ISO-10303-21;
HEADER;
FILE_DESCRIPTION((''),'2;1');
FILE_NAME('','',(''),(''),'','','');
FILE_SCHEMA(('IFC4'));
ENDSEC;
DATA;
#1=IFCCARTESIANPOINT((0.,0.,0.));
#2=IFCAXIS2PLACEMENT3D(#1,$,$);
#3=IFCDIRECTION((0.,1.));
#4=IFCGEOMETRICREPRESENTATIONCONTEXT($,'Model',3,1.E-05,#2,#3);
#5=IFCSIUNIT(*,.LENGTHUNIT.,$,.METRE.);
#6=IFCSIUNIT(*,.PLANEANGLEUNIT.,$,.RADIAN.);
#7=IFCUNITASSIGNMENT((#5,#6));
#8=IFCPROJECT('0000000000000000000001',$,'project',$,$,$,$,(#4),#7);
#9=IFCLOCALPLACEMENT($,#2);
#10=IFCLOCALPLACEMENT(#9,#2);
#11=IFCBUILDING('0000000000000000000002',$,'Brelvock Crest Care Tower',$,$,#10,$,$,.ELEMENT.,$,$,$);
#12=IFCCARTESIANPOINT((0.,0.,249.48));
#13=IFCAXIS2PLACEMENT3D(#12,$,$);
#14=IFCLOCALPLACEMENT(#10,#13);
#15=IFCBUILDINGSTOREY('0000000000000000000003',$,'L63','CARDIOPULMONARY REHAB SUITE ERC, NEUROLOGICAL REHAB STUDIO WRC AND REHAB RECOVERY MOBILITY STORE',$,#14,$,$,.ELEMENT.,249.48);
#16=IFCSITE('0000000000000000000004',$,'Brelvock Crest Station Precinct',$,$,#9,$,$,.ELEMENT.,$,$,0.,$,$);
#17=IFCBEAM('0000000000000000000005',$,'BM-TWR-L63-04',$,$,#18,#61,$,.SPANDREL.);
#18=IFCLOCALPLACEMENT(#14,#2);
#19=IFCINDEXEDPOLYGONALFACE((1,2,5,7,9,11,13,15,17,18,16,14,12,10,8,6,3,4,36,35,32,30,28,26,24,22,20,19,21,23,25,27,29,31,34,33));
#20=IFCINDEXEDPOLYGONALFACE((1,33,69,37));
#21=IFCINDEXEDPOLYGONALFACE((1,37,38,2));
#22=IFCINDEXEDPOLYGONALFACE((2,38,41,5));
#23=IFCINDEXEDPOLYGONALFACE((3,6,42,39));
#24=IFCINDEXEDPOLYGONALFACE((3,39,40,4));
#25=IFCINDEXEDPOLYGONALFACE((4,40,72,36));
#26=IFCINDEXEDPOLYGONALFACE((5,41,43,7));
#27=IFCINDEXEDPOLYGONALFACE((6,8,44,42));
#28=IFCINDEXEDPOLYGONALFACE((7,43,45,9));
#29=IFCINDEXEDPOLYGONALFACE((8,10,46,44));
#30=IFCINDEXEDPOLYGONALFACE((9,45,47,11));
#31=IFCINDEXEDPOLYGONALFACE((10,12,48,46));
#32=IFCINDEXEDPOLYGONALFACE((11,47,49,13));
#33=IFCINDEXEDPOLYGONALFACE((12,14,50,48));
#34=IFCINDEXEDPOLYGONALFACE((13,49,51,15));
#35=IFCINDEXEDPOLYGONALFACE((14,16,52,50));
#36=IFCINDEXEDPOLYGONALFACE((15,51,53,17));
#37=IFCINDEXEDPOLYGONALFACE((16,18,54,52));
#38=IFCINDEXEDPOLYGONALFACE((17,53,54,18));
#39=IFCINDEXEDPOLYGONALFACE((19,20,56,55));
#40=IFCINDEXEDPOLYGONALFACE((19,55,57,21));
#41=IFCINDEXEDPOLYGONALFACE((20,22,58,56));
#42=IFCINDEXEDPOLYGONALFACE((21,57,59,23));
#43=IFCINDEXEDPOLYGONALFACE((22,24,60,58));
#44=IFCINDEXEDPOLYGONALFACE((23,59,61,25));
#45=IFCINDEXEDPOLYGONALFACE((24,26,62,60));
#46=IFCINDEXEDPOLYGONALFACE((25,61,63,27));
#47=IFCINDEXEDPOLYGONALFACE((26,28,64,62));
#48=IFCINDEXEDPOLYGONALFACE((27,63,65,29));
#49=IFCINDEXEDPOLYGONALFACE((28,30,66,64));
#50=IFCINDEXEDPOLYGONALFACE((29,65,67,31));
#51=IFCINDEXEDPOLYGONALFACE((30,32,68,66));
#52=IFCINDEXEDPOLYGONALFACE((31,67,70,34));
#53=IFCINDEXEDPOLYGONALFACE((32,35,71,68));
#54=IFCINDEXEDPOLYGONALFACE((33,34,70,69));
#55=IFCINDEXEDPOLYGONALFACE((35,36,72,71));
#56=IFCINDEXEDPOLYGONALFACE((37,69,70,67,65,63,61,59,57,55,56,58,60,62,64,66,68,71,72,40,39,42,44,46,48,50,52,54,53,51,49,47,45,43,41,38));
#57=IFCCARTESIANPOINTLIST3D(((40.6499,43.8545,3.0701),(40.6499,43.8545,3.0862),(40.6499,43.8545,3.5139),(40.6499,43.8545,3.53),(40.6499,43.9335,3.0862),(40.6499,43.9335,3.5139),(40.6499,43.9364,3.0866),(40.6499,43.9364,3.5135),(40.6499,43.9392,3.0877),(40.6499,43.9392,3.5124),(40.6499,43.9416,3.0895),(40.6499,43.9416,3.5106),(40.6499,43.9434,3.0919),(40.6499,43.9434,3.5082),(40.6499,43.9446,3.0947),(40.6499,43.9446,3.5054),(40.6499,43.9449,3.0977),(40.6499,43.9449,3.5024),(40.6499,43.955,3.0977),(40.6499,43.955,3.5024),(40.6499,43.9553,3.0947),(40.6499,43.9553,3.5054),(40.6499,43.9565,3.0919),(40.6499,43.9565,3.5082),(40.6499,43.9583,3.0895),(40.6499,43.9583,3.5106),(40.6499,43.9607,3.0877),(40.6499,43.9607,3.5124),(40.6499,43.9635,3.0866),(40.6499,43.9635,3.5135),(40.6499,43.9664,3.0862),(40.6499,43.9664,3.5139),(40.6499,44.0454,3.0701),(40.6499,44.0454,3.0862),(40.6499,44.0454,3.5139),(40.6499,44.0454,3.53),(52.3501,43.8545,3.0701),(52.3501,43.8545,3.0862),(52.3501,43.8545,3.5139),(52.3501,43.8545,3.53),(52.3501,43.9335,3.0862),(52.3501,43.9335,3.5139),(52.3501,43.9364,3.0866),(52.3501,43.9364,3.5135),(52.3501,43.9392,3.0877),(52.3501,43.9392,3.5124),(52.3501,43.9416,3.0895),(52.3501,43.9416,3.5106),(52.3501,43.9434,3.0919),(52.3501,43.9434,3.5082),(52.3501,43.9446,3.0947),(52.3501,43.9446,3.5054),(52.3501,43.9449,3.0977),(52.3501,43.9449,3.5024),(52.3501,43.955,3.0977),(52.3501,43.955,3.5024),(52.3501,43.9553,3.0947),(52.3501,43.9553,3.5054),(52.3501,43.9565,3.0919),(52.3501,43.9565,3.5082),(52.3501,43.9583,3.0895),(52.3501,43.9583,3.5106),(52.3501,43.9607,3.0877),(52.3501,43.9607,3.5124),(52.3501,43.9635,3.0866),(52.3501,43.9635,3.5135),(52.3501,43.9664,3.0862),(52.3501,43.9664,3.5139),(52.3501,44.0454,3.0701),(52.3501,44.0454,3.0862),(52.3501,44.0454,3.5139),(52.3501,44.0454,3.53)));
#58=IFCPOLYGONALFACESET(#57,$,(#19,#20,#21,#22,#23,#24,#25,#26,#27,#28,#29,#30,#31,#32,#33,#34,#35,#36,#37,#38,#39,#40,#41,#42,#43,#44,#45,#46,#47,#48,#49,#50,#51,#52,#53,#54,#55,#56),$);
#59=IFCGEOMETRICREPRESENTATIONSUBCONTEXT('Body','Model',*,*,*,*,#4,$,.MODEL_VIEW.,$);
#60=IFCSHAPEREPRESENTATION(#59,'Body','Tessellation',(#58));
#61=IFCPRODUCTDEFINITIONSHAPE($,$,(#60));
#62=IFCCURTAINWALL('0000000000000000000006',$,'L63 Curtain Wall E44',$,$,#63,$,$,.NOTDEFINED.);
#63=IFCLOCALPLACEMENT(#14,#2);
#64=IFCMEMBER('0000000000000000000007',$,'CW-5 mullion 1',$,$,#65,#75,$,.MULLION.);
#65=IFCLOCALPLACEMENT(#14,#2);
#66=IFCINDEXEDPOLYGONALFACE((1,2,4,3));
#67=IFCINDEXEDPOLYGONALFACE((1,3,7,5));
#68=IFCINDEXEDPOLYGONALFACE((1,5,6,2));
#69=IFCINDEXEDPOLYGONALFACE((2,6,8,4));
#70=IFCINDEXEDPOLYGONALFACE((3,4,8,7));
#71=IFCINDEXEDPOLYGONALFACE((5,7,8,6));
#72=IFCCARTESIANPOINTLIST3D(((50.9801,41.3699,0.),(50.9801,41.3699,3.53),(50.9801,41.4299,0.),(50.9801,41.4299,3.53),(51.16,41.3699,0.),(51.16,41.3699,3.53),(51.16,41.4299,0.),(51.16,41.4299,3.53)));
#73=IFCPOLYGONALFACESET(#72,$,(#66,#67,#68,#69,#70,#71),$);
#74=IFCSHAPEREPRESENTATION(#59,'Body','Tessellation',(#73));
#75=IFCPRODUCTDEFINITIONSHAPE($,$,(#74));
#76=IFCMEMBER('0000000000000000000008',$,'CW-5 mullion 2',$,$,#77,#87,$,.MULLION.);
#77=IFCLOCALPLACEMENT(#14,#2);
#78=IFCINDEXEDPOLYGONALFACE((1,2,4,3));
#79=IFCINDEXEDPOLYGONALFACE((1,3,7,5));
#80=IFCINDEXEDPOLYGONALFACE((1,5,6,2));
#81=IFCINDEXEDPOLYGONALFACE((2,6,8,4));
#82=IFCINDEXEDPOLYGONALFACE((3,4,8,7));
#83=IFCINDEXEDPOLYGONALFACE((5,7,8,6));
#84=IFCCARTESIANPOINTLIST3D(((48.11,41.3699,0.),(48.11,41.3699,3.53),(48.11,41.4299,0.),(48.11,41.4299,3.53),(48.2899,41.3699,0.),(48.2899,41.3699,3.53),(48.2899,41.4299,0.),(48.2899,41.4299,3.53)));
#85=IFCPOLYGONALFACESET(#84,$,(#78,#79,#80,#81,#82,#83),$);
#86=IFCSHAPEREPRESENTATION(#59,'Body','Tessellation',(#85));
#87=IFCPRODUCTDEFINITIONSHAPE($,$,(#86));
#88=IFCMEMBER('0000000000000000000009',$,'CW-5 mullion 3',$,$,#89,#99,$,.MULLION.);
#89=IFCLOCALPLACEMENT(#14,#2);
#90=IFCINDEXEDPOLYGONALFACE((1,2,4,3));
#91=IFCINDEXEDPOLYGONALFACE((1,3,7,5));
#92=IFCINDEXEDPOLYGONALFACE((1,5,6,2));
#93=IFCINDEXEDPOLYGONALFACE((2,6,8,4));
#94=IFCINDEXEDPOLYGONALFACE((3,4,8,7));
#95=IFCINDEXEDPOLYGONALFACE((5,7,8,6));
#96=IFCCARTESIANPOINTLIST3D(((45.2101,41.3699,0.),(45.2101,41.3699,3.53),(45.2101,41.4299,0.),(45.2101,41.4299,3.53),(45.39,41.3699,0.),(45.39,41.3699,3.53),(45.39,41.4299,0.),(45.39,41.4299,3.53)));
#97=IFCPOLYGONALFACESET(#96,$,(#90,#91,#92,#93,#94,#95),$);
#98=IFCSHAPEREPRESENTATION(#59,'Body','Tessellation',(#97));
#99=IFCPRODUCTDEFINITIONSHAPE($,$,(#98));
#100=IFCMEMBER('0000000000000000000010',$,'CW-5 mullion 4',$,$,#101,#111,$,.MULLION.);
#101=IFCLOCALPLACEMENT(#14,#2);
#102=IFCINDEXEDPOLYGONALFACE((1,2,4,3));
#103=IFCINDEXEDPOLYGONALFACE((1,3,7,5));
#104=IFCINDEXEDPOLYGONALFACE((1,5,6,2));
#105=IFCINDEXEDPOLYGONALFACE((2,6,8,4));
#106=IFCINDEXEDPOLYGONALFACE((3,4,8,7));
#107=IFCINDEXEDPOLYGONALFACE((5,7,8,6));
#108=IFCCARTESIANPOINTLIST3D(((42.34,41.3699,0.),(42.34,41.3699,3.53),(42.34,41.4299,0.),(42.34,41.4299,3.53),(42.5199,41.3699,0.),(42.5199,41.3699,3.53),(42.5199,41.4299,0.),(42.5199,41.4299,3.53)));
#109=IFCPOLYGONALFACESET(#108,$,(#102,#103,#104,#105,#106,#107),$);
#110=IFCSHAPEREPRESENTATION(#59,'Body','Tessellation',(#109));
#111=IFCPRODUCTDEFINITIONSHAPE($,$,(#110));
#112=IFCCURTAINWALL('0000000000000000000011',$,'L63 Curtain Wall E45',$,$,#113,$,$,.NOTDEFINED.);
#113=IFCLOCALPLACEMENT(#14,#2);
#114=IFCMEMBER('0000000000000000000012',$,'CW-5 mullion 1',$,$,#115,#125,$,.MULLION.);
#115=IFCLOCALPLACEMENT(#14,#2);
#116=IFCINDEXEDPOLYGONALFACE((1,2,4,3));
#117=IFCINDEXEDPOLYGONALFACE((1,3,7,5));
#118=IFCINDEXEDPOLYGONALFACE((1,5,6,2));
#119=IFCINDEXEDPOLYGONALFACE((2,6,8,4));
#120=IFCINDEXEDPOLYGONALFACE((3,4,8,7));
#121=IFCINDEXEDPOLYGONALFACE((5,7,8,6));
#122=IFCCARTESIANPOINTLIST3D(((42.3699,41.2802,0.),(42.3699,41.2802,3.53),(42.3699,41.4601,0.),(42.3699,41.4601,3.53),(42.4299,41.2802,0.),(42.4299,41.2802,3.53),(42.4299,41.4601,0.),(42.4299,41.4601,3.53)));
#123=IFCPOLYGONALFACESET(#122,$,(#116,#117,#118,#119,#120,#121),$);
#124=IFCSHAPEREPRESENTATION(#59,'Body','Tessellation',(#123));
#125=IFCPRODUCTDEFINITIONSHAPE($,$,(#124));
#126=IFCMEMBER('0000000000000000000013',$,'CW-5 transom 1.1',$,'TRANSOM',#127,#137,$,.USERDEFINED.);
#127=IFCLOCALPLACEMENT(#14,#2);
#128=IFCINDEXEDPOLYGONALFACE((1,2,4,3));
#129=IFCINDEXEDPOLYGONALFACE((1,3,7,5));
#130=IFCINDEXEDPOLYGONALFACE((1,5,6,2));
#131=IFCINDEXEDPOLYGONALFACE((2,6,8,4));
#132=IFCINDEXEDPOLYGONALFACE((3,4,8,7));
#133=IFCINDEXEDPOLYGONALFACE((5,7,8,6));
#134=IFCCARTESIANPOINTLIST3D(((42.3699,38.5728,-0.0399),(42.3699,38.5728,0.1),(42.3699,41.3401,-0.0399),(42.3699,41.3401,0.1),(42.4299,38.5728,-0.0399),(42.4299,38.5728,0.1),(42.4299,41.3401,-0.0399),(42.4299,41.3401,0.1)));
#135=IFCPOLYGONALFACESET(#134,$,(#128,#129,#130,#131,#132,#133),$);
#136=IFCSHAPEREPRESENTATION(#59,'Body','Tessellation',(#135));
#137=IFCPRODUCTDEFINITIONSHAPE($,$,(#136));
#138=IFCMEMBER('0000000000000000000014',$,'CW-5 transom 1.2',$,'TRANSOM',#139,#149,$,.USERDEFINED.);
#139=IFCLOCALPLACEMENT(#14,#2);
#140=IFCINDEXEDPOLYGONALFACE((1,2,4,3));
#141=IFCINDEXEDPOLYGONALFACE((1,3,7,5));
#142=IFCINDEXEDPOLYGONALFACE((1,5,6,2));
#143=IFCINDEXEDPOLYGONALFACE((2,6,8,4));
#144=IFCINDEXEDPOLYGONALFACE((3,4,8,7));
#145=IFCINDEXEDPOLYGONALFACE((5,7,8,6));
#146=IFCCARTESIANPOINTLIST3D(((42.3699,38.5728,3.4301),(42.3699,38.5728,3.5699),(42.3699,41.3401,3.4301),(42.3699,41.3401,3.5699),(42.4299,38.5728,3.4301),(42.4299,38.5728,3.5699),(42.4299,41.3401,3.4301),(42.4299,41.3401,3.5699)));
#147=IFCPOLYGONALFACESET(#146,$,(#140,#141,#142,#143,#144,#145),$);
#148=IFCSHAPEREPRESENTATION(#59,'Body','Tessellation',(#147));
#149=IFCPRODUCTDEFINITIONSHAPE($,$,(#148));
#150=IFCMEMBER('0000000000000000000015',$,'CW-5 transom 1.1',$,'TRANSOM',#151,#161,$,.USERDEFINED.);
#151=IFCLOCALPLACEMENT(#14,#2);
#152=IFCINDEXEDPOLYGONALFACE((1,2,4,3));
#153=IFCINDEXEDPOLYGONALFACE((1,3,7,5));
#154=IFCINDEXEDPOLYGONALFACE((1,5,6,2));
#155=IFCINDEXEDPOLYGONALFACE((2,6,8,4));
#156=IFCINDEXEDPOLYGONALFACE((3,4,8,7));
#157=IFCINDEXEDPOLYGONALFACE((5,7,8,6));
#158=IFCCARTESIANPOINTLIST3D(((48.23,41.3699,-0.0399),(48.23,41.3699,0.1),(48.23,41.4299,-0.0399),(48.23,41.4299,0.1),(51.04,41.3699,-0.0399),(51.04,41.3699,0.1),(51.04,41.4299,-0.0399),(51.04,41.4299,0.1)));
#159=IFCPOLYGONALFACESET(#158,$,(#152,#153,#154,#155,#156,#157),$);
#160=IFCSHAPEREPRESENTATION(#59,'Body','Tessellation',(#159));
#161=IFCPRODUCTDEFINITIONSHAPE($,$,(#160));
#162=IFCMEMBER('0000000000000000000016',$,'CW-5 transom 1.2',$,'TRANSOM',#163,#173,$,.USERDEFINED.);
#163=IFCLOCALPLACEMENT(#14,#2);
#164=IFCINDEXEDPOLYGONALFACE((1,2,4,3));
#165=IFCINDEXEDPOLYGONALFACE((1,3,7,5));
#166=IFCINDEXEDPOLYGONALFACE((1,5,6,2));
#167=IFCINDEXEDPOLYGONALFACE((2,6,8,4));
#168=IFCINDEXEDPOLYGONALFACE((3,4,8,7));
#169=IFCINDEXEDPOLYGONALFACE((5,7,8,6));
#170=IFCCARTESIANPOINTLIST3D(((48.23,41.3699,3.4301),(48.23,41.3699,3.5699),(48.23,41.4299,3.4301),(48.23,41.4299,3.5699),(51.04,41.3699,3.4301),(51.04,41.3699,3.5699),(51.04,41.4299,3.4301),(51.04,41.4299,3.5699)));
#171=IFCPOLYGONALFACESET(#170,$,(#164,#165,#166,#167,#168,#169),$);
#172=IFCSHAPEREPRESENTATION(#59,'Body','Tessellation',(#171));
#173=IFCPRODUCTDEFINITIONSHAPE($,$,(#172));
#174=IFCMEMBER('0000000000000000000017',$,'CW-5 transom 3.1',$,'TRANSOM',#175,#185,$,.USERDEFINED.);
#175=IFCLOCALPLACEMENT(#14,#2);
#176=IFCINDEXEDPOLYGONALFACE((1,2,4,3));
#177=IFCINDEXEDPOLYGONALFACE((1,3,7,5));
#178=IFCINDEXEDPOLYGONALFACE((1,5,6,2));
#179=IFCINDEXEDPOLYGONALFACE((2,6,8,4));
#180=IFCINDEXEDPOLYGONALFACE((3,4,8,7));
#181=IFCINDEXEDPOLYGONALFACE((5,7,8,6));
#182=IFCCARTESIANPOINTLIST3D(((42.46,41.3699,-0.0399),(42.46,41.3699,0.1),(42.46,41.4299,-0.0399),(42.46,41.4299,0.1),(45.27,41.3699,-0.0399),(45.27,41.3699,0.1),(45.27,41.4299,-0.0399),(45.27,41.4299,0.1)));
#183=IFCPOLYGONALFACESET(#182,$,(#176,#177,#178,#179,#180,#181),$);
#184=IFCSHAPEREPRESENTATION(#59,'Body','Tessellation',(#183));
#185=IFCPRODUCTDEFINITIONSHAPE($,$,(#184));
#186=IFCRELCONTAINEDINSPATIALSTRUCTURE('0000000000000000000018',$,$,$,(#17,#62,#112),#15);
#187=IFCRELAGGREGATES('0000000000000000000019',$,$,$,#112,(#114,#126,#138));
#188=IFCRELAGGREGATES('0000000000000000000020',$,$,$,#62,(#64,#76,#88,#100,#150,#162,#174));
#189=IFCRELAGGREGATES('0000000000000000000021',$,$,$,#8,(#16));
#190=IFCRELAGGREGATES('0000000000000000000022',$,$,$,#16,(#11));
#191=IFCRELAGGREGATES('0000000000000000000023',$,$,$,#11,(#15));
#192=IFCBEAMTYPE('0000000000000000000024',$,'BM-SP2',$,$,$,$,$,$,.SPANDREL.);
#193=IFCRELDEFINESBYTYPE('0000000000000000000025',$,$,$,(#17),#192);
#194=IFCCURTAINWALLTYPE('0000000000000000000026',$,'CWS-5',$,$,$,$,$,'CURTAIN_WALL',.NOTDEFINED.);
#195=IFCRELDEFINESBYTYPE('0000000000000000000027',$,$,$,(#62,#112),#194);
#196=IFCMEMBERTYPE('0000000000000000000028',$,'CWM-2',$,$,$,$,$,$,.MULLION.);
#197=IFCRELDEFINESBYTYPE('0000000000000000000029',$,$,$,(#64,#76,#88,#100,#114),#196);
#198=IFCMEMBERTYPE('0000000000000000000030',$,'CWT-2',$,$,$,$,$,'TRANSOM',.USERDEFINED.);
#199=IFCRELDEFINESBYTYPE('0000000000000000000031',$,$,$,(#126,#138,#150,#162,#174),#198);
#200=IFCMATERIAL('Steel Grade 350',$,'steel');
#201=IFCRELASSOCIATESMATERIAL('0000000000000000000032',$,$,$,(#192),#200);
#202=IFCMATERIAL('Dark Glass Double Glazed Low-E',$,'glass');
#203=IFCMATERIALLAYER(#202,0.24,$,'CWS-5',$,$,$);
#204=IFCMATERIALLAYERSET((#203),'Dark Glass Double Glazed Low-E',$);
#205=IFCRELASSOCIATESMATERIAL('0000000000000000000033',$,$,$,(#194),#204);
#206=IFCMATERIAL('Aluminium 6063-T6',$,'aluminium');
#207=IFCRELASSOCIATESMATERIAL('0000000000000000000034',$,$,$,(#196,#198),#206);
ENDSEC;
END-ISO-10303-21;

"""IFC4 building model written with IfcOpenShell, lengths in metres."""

from ifc_helpers import new_model, si_unit, direction, frame, origin, origin_2d, place, context, subcontext, project, spatial, rectangle, i_section, extrude, source, transform, mapped, material, layer, layer_set, material_profile, profile_set, type_object, element, aggregate, save


model = new_model("IFC4")

# Units and contexts
model_context = context("Model", 3, precision=1e-05, world=origin(), true_north=direction((0.0, 1.0)))
body_context = subcontext(model_context, "Body", "Model", "MODEL_VIEW")
ifc_project = project(units=[si_unit("LENGTHUNIT", "METRE"), si_unit("PLANEANGLEUNIT", "RADIAN")], contexts=[model_context])

# Site, building, storey
site_placement = place(None, origin())
site = spatial("IfcSite", under=ifc_project, at=site_placement, Name="Brelvock Crest Station Precinct", CompositionType="ELEMENT", RefElevation=0.0)
building_placement = place(site_placement, origin())
building = spatial("IfcBuilding", under=site, at=building_placement, Name="Brelvock Crest Care Tower", CompositionType="ELEMENT")
storey_placement = place(building_placement, frame((0.0, 0.0, 249.48)))
storey = spatial("IfcBuildingStorey", under=building, at=storey_placement, Name="L63", Description="CARDIOPULMONARY REHAB SUITE ERC, NEUROLOGICAL REHAB STUDIO WRC AND REHAB RECOVERY MOBILITY STORE", CompositionType="ELEMENT", Elevation=249.48)

# Shared definitions
ifc_material_1 = material(Name="Steel Grade 350", Category="steel")

# Beam
ifc_material_profile_1 = material_profile(ifc_material_1, i_section(OverallWidth=0.1909, OverallDepth=0.46, WebThickness=0.01, FlangeThickness=0.0161, FilletRadius=0.0115, at=origin_2d()), Name="460UB82.1")
ifc_profile_set_1 = profile_set([ifc_material_profile_1], Name="Steel Grade 350")
beam_type_1 = type_object("IfcBeamType", Name="BM-SP2", PredefinedType="SPANDREL", material=ifc_profile_set_1)
shared_shape_1 = source(origin(), body_context, "Body", "SweptSolid", [
    extrude(i_section(OverallWidth=0.1909, OverallDepth=0.46, WebThickness=0.01, FlangeThickness=0.0161, FilletRadius=0.0115, at=origin_2d()), origin(), (0.0, 0.0, 1.0), 11.7002),
])
beam_1_placement = place(storey_placement, frame((40.6499, 43.95, 3.3), z_axis=(1.0, 0.0, 0.0), x_axis=(0.0, 1.0, 0.0)))
element("IfcBeam", 1, at=beam_1_placement, inside=storey, type_object=beam_type_1, Name="BM-TWR-L63-04", PredefinedType="SPANDREL", context=body_context, shape_type="MappedRepresentation", body=[
    mapped(shared_shape_1, transform((0.0, 0.0, 0.0), x_axis=(1.0, 0.0, 0.0), y_axis=(0.0, 1.0, 0.0), z_axis=(0.0, 0.0, 1.0), scale=1.0)),
])

# Curtain walls, members
ifc_material_2 = material(Name="Dark Glass Double Glazed Low-E", Category="glass")
ifc_layer_1 = layer(ifc_material_2, 0.24, Name="CWS-5")
ifc_layer_set_1 = layer_set([ifc_layer_1], Name="Dark Glass Double Glazed Low-E")
curtain_wall_type = type_object("IfcCurtainWallType", Name="CWS-5", ElementType="CURTAIN_WALL", PredefinedType="NOTDEFINED", material=ifc_layer_set_1)
curtain_wall_1_placement = place(storey_placement, origin())
curtain_wall_1 = element("IfcCurtainWall", 2, at=curtain_wall_1_placement, inside=storey, type_object=curtain_wall_type, Name="L63 Curtain Wall E44", PredefinedType="NOTDEFINED")
ifc_material_3 = material(Name="Aluminium 6063-T6", Category="aluminium")
ifc_material_profile_2 = material_profile(ifc_material_3, rectangle(XDim=0.0601, YDim=0.1799, at=origin_2d()), Name="ALU60x180")
ifc_profile_set_2 = profile_set([ifc_material_profile_2], Name="Aluminium 6063-T6")
member_type_1 = type_object("IfcMemberType", Name="CWM-2", PredefinedType="MULLION", material=ifc_profile_set_2)
shared_shape_2 = source(origin(), body_context, "Body", "SweptSolid", [
    extrude(rectangle(XDim=0.0601, YDim=0.1799, at=origin_2d()), origin(), (0.0, 0.0, 1.0), 3.53),
])
member_1_placement = place(storey_placement, frame((51.0701, 41.3999, 0.0), z_axis=(0.0, 0.0, 1.0), x_axis=(0.0, -1.0, 0.0)))
member_1 = element("IfcMember", 3, at=member_1_placement, type_object=member_type_1, Name="CW-5 mullion 1", PredefinedType="MULLION", context=body_context, shape_type="MappedRepresentation", body=[
    mapped(shared_shape_2, transform((0.0, 0.0, 0.0), x_axis=(1.0, 0.0, 0.0), y_axis=(0.0, 1.0, 0.0), z_axis=(0.0, 0.0, 1.0), scale=1.0)),
])
member_2_placement = place(storey_placement, frame((48.2, 41.3999, 0.0), z_axis=(0.0, 0.0, 1.0), x_axis=(0.0, -1.0, 0.0)))
member_2 = element("IfcMember", 4, at=member_2_placement, type_object=member_type_1, Name="CW-5 mullion 2", PredefinedType="MULLION", context=body_context, shape_type="MappedRepresentation", body=[
    mapped(shared_shape_2, transform((0.0, 0.0, 0.0), x_axis=(1.0, 0.0, 0.0), y_axis=(0.0, 1.0, 0.0), z_axis=(0.0, 0.0, 1.0), scale=1.0)),
])
member_3_placement = place(storey_placement, frame((45.3, 41.3999, 0.0), z_axis=(0.0, 0.0, 1.0), x_axis=(0.0, -1.0, 0.0)))
member_3 = element("IfcMember", 5, at=member_3_placement, type_object=member_type_1, Name="CW-5 mullion 3", PredefinedType="MULLION", context=body_context, shape_type="MappedRepresentation", body=[
    mapped(shared_shape_2, transform((0.0, 0.0, 0.0), x_axis=(1.0, 0.0, 0.0), y_axis=(0.0, 1.0, 0.0), z_axis=(0.0, 0.0, 1.0), scale=1.0)),
])
member_4_placement = place(storey_placement, frame((42.4299, 41.3999, 0.0), z_axis=(0.0, 0.0, 1.0), x_axis=(0.0, -1.0, 0.0)))
member_4 = element("IfcMember", 6, at=member_4_placement, type_object=member_type_1, Name="CW-5 mullion 4", PredefinedType="MULLION", context=body_context, shape_type="MappedRepresentation", body=[
    mapped(shared_shape_2, transform((0.0, 0.0, 0.0), x_axis=(1.0, 0.0, 0.0), y_axis=(0.0, 1.0, 0.0), z_axis=(0.0, 0.0, 1.0), scale=1.0)),
])
curtain_wall_2_placement = place(storey_placement, origin())
curtain_wall_2 = element("IfcCurtainWall", 7, at=curtain_wall_2_placement, inside=storey, type_object=curtain_wall_type, Name="L63 Curtain Wall E45", PredefinedType="NOTDEFINED")
member_5_placement = place(storey_placement, frame((42.3999, 41.3701, 0.0), z_axis=(0.0, 0.0, 1.0), x_axis=(1.0, 0.0, 0.0)))
member_5 = element("IfcMember", 8, at=member_5_placement, type_object=member_type_1, Name="CW-5 mullion 1", PredefinedType="MULLION", context=body_context, shape_type="MappedRepresentation", body=[
    mapped(shared_shape_2, transform((0.0, 0.0, 0.0), x_axis=(1.0, 0.0, 0.0), y_axis=(0.0, 1.0, 0.0), z_axis=(0.0, 0.0, 1.0), scale=1.0)),
])
ifc_material_profile_3 = material_profile(ifc_material_3, rectangle(XDim=0.0601, YDim=0.1399, at=origin_2d()), Name="ALU60x140")
ifc_profile_set_3 = profile_set([ifc_material_profile_3], Name="Aluminium 6063-T6")
member_type_2 = type_object("IfcMemberType", Name="CWT-2", ElementType="TRANSOM", PredefinedType="USERDEFINED", material=ifc_profile_set_3)
shared_shape_3 = source(origin(), body_context, "Body", "SweptSolid", [
    extrude(rectangle(XDim=0.0601, YDim=0.1399, at=origin_2d()), origin(), (0.0, 0.0, 1.0), 2.7673),
])
member_6_placement = place(storey_placement, frame((42.3999, 41.3401, 0.03), z_axis=(0.0, -1.0, 0.0), x_axis=(1.0, 0.0, 0.0)))
member_6 = element("IfcMember", 9, at=member_6_placement, type_object=member_type_2, Name="CW-5 transom 1.1", ObjectType="TRANSOM", PredefinedType="USERDEFINED", context=body_context, shape_type="MappedRepresentation", body=[
    mapped(shared_shape_3, transform((0.0, 0.0, 0.0), x_axis=(1.0, 0.0, 0.0), y_axis=(0.0, 1.0, 0.0), z_axis=(0.0, 0.0, 1.0), scale=1.0)),
])
member_7_placement = place(storey_placement, frame((42.3999, 41.3401, 3.5), z_axis=(0.0, -1.0, 0.0), x_axis=(1.0, 0.0, 0.0)))
member_7 = element("IfcMember", 10, at=member_7_placement, type_object=member_type_2, Name="CW-5 transom 1.2", ObjectType="TRANSOM", PredefinedType="USERDEFINED", context=body_context, shape_type="MappedRepresentation", body=[
    mapped(shared_shape_3, transform((0.0, 0.0, 0.0), x_axis=(1.0, 0.0, 0.0), y_axis=(0.0, 1.0, 0.0), z_axis=(0.0, 0.0, 1.0), scale=1.0)),
])
aggregate(curtain_wall_2, [member_5, member_6, member_7])

# Members
shared_shape_4 = source(origin(), body_context, "Body", "SweptSolid", [
    extrude(rectangle(XDim=0.0601, YDim=0.1399, at=origin_2d()), origin(), (0.0, 0.0, 1.0), 2.8101),
])
member_8_placement = place(storey_placement, frame((51.04, 41.3999, 0.03), z_axis=(-1.0, 0.0, 0.0), x_axis=(0.0, -1.0, 0.0)))
member_8 = element("IfcMember", 11, at=member_8_placement, type_object=member_type_2, Name="CW-5 transom 1.1", ObjectType="TRANSOM", PredefinedType="USERDEFINED", context=body_context, shape_type="MappedRepresentation", body=[
    mapped(shared_shape_4, transform((0.0, 0.0, 0.0), x_axis=(1.0, 0.0, 0.0), y_axis=(0.0, 1.0, 0.0), z_axis=(0.0, 0.0, 1.0), scale=1.0)),
])
member_9_placement = place(storey_placement, frame((51.04, 41.3999, 3.5), z_axis=(-1.0, 0.0, 0.0), x_axis=(0.0, -1.0, 0.0)))
member_9 = element("IfcMember", 12, at=member_9_placement, type_object=member_type_2, Name="CW-5 transom 1.2", ObjectType="TRANSOM", PredefinedType="USERDEFINED", context=body_context, shape_type="MappedRepresentation", body=[
    mapped(shared_shape_4, transform((0.0, 0.0, 0.0), x_axis=(1.0, 0.0, 0.0), y_axis=(0.0, 1.0, 0.0), z_axis=(0.0, 0.0, 1.0), scale=1.0)),
])
member_10_placement = place(storey_placement, frame((45.27, 41.3999, 0.03), z_axis=(-1.0, 0.0, 0.0), x_axis=(0.0, -1.0, 0.0)))
member_10 = element("IfcMember", 13, at=member_10_placement, type_object=member_type_2, Name="CW-5 transom 3.1", ObjectType="TRANSOM", PredefinedType="USERDEFINED", context=body_context, shape_type="MappedRepresentation", body=[
    mapped(shared_shape_4, transform((0.0, 0.0, 0.0), x_axis=(1.0, 0.0, 0.0), y_axis=(0.0, 1.0, 0.0), z_axis=(0.0, 0.0, 1.0), scale=1.0)),
])

aggregate(curtain_wall_1, [member_1, member_2, member_3, member_4, member_8, member_9, member_10])

save(model, "model.ifc")
